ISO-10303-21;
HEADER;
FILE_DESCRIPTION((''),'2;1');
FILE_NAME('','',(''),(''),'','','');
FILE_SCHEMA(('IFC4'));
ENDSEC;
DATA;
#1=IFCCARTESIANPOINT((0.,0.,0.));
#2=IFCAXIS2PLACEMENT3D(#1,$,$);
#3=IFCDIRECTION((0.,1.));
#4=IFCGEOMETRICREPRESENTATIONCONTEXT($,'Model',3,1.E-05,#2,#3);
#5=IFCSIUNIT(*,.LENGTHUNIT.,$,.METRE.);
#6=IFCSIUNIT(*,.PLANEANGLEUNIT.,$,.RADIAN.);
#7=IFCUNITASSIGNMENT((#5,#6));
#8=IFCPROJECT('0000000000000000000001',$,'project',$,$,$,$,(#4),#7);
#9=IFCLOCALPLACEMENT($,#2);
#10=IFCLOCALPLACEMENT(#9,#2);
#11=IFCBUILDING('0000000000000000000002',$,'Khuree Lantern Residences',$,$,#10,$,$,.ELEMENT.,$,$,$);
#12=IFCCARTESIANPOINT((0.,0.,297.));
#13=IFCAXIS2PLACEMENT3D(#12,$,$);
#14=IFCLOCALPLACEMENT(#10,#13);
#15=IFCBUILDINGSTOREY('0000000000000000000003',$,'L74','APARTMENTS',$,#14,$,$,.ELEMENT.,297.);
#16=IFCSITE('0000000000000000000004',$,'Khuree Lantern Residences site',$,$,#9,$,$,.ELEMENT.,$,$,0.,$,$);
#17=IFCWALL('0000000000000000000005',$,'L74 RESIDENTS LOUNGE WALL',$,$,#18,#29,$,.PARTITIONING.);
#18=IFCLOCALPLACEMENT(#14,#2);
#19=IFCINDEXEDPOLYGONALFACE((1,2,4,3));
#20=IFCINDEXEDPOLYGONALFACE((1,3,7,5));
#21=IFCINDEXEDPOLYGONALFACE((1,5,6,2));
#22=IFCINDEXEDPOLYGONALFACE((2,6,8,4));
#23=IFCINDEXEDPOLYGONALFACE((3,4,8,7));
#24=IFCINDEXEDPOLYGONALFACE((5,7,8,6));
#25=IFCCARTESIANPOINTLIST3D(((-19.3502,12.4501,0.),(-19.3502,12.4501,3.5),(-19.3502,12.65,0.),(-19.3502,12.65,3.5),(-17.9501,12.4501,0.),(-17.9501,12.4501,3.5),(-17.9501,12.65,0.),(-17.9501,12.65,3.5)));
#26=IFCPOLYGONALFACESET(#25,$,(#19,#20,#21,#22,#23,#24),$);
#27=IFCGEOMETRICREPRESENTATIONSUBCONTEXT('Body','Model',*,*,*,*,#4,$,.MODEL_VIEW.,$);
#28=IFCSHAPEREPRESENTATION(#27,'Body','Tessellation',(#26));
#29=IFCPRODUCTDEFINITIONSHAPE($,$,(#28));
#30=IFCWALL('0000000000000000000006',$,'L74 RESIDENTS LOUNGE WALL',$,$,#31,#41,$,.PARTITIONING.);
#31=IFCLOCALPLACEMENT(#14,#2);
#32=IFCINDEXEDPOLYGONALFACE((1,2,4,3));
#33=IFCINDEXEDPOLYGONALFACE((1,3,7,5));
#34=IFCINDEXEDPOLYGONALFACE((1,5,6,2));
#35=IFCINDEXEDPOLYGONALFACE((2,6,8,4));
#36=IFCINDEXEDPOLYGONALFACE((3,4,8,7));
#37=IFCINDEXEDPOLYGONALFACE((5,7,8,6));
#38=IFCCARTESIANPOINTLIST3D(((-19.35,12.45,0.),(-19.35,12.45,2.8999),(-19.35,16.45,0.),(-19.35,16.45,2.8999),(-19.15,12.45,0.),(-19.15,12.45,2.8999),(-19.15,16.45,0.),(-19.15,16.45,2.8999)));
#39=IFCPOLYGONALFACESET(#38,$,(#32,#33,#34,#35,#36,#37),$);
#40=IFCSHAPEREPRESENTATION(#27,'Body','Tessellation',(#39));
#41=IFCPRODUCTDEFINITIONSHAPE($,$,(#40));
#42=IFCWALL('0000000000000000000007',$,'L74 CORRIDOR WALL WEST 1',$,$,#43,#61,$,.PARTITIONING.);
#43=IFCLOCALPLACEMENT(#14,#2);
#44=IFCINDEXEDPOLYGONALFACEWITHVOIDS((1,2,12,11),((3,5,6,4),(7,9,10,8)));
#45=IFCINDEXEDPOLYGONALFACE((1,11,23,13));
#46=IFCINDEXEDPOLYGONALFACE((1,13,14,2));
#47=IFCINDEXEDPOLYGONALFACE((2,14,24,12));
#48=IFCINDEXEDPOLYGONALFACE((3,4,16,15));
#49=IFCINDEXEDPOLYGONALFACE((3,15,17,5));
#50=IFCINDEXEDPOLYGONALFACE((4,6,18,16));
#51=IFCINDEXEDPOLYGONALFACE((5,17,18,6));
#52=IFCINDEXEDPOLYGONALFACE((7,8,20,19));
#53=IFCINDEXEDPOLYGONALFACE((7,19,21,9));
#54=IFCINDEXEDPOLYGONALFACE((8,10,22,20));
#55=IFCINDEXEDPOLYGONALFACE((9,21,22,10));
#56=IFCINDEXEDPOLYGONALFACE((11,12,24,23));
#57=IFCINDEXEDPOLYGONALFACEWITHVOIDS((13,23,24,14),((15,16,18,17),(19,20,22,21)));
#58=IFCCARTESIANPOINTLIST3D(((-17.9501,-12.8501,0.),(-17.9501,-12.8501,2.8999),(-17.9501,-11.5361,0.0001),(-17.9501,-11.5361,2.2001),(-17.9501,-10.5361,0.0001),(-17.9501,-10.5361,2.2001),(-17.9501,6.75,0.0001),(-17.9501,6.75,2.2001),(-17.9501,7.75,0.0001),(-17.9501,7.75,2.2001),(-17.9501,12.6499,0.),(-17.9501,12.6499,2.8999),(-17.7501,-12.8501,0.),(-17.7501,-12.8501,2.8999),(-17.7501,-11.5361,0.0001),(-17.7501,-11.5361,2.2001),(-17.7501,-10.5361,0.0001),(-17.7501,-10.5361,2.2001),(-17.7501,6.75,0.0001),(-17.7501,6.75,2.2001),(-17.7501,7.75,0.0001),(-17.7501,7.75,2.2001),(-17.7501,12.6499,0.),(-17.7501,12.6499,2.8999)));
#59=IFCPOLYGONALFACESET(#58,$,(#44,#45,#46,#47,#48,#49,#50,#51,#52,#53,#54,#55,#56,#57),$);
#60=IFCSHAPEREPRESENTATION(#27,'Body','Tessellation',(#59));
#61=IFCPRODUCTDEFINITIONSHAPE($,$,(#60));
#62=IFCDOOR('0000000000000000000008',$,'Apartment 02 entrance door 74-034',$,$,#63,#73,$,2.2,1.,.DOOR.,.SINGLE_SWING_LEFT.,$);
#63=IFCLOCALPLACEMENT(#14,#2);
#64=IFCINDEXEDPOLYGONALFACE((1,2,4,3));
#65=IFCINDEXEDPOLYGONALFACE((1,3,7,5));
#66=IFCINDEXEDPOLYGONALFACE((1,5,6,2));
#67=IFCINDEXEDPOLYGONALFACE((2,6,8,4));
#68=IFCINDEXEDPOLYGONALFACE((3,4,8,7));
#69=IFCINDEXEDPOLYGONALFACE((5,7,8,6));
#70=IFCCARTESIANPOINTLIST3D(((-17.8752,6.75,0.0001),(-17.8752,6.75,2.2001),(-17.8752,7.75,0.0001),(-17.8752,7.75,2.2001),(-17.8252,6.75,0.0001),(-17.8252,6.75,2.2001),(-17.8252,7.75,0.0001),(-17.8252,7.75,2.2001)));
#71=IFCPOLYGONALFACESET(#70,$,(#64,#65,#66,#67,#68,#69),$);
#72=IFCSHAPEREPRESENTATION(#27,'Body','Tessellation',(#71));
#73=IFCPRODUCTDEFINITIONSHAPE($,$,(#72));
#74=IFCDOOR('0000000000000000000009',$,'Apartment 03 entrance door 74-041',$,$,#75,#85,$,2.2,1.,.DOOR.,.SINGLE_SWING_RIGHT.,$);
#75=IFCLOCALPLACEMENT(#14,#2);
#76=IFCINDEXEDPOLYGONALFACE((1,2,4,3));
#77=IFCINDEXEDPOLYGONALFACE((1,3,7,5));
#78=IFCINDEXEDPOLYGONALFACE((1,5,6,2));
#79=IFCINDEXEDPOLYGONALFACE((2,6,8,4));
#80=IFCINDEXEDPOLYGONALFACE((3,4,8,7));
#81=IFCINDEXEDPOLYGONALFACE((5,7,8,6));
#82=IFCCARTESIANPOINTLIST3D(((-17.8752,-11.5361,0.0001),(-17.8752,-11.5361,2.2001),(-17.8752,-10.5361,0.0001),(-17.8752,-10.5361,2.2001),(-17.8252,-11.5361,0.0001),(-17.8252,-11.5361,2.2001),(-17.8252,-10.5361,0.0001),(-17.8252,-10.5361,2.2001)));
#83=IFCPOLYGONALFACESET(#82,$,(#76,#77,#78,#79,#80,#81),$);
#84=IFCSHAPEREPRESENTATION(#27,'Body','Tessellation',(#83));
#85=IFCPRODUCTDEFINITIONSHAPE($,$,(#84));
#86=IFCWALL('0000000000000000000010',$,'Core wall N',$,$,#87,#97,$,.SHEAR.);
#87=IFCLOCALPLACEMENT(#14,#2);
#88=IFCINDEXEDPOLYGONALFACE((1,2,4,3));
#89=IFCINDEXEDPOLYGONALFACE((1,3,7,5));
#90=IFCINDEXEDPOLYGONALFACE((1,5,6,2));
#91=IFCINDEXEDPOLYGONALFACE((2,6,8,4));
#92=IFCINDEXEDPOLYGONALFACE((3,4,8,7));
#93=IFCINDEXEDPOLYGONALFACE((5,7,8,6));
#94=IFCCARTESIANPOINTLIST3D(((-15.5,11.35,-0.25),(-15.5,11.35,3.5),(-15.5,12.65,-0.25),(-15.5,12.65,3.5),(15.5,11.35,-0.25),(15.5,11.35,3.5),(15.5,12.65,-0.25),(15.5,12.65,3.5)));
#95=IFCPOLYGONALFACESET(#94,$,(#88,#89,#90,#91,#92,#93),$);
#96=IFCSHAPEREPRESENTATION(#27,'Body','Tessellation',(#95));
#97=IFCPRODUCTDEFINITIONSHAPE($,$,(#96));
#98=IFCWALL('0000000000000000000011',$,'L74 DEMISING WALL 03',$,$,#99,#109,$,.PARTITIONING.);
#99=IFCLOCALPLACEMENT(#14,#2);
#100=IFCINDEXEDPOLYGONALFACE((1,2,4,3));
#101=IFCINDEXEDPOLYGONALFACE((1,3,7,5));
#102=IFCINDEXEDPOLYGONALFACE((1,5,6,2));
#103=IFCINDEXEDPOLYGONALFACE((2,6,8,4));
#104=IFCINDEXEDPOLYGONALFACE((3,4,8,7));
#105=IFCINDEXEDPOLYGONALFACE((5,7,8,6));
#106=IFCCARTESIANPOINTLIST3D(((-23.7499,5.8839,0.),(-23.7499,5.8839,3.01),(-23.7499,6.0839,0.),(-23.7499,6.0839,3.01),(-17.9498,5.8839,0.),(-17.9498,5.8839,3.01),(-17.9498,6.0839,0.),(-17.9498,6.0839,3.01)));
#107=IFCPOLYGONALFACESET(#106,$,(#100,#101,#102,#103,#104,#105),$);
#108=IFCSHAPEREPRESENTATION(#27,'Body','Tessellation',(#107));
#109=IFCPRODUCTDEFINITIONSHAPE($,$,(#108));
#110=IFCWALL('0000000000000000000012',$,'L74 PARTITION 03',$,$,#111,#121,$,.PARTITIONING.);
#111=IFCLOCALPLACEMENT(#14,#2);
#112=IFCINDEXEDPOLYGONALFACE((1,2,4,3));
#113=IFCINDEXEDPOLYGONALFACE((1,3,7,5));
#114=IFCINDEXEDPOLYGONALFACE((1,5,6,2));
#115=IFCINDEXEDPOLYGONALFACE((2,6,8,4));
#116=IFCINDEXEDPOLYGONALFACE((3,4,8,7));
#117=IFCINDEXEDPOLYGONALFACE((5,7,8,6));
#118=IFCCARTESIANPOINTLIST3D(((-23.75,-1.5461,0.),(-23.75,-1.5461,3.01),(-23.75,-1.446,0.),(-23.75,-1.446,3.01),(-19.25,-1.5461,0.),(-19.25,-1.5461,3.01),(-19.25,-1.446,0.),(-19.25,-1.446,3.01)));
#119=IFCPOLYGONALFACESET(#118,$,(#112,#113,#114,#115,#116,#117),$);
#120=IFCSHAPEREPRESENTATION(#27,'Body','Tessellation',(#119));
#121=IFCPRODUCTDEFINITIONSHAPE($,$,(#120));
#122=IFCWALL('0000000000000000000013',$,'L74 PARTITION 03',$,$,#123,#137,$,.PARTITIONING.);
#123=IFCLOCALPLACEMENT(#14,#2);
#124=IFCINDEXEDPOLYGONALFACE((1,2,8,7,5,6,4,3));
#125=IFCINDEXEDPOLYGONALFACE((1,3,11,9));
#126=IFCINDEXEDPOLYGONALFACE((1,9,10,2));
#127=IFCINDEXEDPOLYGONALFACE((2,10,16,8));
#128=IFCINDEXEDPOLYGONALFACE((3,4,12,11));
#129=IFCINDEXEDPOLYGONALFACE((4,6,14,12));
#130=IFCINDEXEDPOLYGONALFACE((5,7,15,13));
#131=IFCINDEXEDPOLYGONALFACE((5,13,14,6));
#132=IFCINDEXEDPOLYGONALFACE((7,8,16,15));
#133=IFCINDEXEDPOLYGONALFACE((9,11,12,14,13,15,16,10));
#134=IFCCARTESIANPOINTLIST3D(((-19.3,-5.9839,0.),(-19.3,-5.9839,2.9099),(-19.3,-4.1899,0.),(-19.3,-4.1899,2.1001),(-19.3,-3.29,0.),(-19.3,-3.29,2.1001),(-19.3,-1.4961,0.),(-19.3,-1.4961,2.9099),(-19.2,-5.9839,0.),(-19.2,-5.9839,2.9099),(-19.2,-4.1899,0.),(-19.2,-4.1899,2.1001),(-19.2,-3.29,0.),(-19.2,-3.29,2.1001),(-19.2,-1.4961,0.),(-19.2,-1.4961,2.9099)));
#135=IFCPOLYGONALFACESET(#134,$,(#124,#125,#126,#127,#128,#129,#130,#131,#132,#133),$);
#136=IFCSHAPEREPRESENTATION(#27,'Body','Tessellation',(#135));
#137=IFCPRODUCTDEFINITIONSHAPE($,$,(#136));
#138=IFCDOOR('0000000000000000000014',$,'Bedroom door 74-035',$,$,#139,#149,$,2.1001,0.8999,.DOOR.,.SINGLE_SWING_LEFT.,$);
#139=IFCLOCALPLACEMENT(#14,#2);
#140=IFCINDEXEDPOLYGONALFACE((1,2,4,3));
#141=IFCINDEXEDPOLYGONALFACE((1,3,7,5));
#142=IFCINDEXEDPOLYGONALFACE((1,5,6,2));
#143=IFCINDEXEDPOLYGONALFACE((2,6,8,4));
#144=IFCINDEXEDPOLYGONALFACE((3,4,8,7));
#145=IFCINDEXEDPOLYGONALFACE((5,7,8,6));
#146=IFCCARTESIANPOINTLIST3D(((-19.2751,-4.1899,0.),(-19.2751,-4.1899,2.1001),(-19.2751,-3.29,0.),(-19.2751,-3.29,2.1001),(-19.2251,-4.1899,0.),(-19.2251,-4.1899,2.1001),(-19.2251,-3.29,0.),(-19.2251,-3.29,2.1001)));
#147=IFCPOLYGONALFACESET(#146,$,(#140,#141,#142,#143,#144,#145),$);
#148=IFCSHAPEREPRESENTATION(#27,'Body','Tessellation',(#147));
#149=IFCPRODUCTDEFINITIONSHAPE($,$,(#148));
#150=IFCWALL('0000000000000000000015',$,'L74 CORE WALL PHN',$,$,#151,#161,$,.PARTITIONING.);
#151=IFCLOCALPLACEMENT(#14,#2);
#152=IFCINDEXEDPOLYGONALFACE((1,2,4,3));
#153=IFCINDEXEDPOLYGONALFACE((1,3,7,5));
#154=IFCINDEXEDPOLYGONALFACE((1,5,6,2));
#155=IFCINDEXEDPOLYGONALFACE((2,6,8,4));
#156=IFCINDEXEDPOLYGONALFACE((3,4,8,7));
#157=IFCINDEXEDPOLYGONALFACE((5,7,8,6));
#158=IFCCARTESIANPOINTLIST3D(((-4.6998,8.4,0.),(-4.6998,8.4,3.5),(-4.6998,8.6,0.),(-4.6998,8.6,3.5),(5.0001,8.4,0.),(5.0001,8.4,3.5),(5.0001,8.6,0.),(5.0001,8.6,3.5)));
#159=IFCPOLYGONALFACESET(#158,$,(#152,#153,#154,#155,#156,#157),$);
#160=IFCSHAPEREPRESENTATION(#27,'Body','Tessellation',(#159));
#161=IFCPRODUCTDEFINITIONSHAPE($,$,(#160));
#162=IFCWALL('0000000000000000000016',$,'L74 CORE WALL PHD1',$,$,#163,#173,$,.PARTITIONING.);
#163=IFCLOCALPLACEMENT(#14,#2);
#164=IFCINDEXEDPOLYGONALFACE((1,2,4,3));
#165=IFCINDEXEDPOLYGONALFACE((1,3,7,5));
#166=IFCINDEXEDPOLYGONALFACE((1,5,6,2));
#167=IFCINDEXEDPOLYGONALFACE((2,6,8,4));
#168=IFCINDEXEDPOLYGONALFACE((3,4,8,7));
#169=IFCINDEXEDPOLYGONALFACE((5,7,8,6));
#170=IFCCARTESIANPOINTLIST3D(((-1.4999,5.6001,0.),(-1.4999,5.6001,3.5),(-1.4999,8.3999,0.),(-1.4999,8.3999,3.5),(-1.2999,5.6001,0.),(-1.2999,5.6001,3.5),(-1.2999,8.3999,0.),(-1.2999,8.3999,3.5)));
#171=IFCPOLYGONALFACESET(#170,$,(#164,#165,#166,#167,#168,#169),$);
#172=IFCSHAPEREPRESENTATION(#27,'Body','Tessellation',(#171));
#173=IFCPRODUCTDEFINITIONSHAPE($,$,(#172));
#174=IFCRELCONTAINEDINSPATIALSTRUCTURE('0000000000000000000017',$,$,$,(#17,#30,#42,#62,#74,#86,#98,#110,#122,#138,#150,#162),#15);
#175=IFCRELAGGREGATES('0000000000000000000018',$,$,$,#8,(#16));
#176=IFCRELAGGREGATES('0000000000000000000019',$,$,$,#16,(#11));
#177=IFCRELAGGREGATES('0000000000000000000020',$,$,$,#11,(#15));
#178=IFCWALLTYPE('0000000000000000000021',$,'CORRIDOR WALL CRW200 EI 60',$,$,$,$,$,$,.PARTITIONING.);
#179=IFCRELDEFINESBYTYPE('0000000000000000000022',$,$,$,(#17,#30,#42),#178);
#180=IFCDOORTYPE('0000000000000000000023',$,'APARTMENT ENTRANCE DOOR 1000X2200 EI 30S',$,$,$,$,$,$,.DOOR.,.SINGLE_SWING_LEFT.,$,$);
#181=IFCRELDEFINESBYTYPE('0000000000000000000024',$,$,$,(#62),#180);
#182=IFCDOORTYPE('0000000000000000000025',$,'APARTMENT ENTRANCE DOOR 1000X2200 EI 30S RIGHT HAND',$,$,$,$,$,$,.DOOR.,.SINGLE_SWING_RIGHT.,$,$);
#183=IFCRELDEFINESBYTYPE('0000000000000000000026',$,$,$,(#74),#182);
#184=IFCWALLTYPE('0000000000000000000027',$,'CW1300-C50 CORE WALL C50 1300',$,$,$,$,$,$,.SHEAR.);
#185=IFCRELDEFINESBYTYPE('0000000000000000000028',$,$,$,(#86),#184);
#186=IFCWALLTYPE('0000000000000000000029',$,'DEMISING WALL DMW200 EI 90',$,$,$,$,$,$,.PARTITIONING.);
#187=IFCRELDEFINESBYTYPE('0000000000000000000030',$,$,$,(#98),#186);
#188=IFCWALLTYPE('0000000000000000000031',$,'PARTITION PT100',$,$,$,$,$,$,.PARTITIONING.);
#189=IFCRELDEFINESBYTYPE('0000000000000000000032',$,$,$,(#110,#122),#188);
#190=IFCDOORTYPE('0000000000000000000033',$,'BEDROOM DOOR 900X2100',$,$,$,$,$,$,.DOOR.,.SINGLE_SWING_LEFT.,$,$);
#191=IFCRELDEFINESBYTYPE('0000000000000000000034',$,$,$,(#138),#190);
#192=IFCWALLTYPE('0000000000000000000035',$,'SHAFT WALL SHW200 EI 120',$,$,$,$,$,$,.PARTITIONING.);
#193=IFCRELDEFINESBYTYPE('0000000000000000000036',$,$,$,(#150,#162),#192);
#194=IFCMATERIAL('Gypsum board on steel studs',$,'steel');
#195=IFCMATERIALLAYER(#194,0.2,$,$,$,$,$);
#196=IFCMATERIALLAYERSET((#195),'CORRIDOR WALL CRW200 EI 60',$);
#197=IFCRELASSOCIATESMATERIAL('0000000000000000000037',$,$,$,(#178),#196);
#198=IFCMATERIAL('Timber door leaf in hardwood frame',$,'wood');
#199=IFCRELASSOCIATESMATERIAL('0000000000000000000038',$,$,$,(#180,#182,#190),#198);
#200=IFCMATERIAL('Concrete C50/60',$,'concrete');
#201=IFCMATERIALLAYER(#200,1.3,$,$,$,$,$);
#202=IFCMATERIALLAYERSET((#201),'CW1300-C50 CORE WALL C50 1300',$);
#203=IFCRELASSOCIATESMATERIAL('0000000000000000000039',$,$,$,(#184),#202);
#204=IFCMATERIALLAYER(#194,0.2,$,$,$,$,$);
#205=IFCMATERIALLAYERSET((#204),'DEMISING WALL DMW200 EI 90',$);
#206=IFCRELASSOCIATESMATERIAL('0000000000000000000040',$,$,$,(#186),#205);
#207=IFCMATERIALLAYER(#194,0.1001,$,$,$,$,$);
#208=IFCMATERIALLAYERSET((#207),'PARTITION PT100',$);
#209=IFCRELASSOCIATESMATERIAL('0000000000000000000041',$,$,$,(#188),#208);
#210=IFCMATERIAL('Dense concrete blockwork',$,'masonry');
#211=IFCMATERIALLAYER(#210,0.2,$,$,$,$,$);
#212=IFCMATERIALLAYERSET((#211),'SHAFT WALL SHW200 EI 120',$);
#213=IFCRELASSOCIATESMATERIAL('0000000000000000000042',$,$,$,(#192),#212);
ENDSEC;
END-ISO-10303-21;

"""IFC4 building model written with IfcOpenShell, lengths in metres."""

from ifc_helpers import new_model, si_unit, direction, frame, frame_2d, origin, place, context, subcontext, project, spatial, rectangle, extrude, material, layer, layer_set, type_object, element, fill, save


model = new_model("IFC4")

# Units and contexts
model_context = context("Model", 3, precision=1e-05, world=origin(), true_north=direction((0.0, 1.0)))
body_context = subcontext(model_context, "Body", "Model", "MODEL_VIEW")
ifc_project = project(units=[si_unit("LENGTHUNIT", "METRE"), si_unit("PLANEANGLEUNIT", "RADIAN")], contexts=[model_context])

# Site, building, storey
site_placement = place(None, origin())
site = spatial("IfcSite", under=ifc_project, at=site_placement, Name="Khuree Lantern Residences site", CompositionType="ELEMENT", RefElevation=0.0)
building_placement = place(site_placement, origin())
building = spatial("IfcBuilding", under=site, at=building_placement, Name="Khuree Lantern Residences", CompositionType="ELEMENT")
storey_placement = place(building_placement, frame((0.0, 0.0, 297.0)))
storey = spatial("IfcBuildingStorey", under=building, at=storey_placement, Name="L74", Description="APARTMENTS", CompositionType="ELEMENT", Elevation=297.0)

# Shared definitions
ifc_material_1 = material(Name="Concrete C50/60", Category="concrete")

# Shared definitions
ifc_material_2 = material(Name="Dense concrete blockwork", Category="masonry")

# Shared definitions
ifc_material_3 = material(Name="Timber door leaf in hardwood frame", Category="wood")

# Walls
ifc_material_4 = material(Name="Gypsum board on steel studs", Category="steel")
ifc_layer_1 = layer(ifc_material_4, 0.2)
ifc_layer_set_1 = layer_set([ifc_layer_1], Name="CORRIDOR WALL CRW200 EI 60")
wall_type_1 = type_object("IfcWallType", Name="CORRIDOR WALL CRW200 EI 60", PredefinedType="PARTITIONING", material=ifc_layer_set_1)
wall_1_placement = place(storey_placement, frame((-17.95, 12.55, 0.0), z_axis=(0.0, 0.0, 1.0), x_axis=(-1.0, 0.0, 0.0)))
element("IfcWall", 1, at=wall_1_placement, inside=storey, type_object=wall_type_1, Name="L74 RESIDENTS LOUNGE WALL", PredefinedType="PARTITIONING", context=body_context, shape_type="SweptSolid", body=[
    extrude(rectangle(XDim=1.4001, YDim=0.2, at=frame_2d((0.7002, 0.0))), origin(), (0.0, 0.0, 1.0), 3.5),
])
wall_2_placement = place(storey_placement, frame((-19.25, 12.45, 0.0), z_axis=(0.0, 0.0, 1.0), x_axis=(0.0, 1.0, 0.0)))
element("IfcWall", 2, at=wall_2_placement, inside=storey, type_object=wall_type_1, Name="L74 RESIDENTS LOUNGE WALL", PredefinedType="PARTITIONING", context=body_context, shape_type="SweptSolid", body=[
    extrude(rectangle(XDim=4.0, YDim=0.2, at=frame_2d((2.0, 0.0))), origin(), (0.0, 0.0, 1.0), 2.8999),
])

# Wall, openings, doors
wall_3_placement = place(storey_placement, frame((-17.8501, 12.6499, 0.0), z_axis=(0.0, 0.0, 1.0), x_axis=(0.0, -1.0, 0.0)))
wall_3 = element("IfcWall", 3, at=wall_3_placement, inside=storey, type_object=wall_type_1, Name="L74 CORRIDOR WALL WEST 1", PredefinedType="PARTITIONING", context=body_context, shape_type="SweptSolid", body=[
    extrude(rectangle(XDim=25.5, YDim=0.2, at=frame_2d((12.75, 0.0))), origin(), (0.0, 0.0, 1.0), 2.8999),
])
opening_1_placement = place(wall_3_placement, frame((4.8999, 0.0, 0.0)))
opening_1 = element("IfcOpeningElement", 4, at=opening_1_placement, cuts=wall_3, PredefinedType="OPENING", context=body_context, shape_type="SweptSolid", body=[
    extrude(rectangle(XDim=1.0, YDim=2.2, at=frame_2d((0.5, 1.1001))), frame((0.0, 0.1099, 0.0), z_axis=(0.0, -1.0, 0.0), x_axis=(1.0, 0.0, 0.0)), (0.0, 0.0, 1.0), 0.22),
])
opening_2_placement = place(wall_3_placement, frame((23.186, 0.0, 0.0)))
opening_2 = element("IfcOpeningElement", 5, at=opening_2_placement, cuts=wall_3, PredefinedType="OPENING", context=body_context, shape_type="SweptSolid", body=[
    extrude(rectangle(XDim=1.0, YDim=2.2, at=frame_2d((0.5, 1.1001))), frame((0.0, 0.1099, 0.0), z_axis=(0.0, -1.0, 0.0), x_axis=(1.0, 0.0, 0.0)), (0.0, 0.0, 1.0), 0.22),
])
door_type_1 = type_object("IfcDoorType", Name="APARTMENT ENTRANCE DOOR 1000X2200 EI 30S", OperationType="SINGLE_SWING_LEFT", PredefinedType="DOOR", material=ifc_material_3)
door_1_placement = place(opening_1_placement, origin())
door_1 = element("IfcDoor", 6, at=door_1_placement, inside=storey, type_object=door_type_1, Name="Apartment 02 entrance door 74-034", OperationType="SINGLE_SWING_LEFT", OverallHeight=2.2, OverallWidth=1.0, PredefinedType="DOOR", context=body_context, shape_type="SweptSolid", body=[
    extrude(rectangle(XDim=1.0, YDim=2.2, at=frame_2d((0.5, 1.1001))), frame((0.0, 0.0249, 0.0), z_axis=(0.0, -1.0, 0.0), x_axis=(1.0, 0.0, 0.0)), (0.0, 0.0, 1.0), 0.05),
])
fill(opening_1, door_1)
door_type_2 = type_object("IfcDoorType", Name="APARTMENT ENTRANCE DOOR 1000X2200 EI 30S RIGHT HAND", OperationType="SINGLE_SWING_RIGHT", PredefinedType="DOOR", material=ifc_material_3)
door_2_placement = place(opening_2_placement, origin())
door_2 = element("IfcDoor", 7, at=door_2_placement, inside=storey, type_object=door_type_2, Name="Apartment 03 entrance door 74-041", OperationType="SINGLE_SWING_RIGHT", OverallHeight=2.2, OverallWidth=1.0, PredefinedType="DOOR", context=body_context, shape_type="SweptSolid", body=[
    extrude(rectangle(XDim=1.0, YDim=2.2, at=frame_2d((0.5, 1.1001))), frame((0.0, 0.0249, 0.0), z_axis=(0.0, -1.0, 0.0), x_axis=(1.0, 0.0, 0.0)), (0.0, 0.0, 1.0), 0.05),
])
fill(opening_2, door_2)

# Walls
ifc_layer_2 = layer(ifc_material_1, 1.3)
ifc_layer_set_2 = layer_set([ifc_layer_2], Name="CW1300-C50 CORE WALL C50 1300")
wall_type_2 = type_object("IfcWallType", Name="CW1300-C50 CORE WALL C50 1300", PredefinedType="SHEAR", material=ifc_layer_set_2)
wall_4_placement = place(storey_placement, frame((-15.5, 12.0, -0.25), z_axis=(0.0, 0.0, 1.0), x_axis=(1.0, 0.0, 0.0)))
element("IfcWall", 8, at=wall_4_placement, inside=storey, type_object=wall_type_2, Name="Core wall N", PredefinedType="SHEAR", context=body_context, shape_type="SweptSolid", body=[
    extrude(rectangle(XDim=31.0, YDim=1.3, at=frame_2d((15.5, 0.0))), origin(), (0.0, 0.0, 1.0), 3.75),
])
ifc_layer_3 = layer(ifc_material_4, 0.2)
ifc_layer_set_3 = layer_set([ifc_layer_3], Name="DEMISING WALL DMW200 EI 90")
wall_type_3 = type_object("IfcWallType", Name="DEMISING WALL DMW200 EI 90", PredefinedType="PARTITIONING", material=ifc_layer_set_3)
wall_5_placement = place(storey_placement, frame((-17.95, 5.9839, 0.0), z_axis=(0.0, 0.0, 1.0), x_axis=(-1.0, 0.0, 0.0)))
element("IfcWall", 9, at=wall_5_placement, inside=storey, type_object=wall_type_3, Name="L74 DEMISING WALL 03", PredefinedType="PARTITIONING", context=body_context, shape_type="SweptSolid", body=[
    extrude(rectangle(XDim=5.8, YDim=0.2, at=frame_2d((2.8999, 0.0))), origin(), (0.0, 0.0, 1.0), 3.01),
])
ifc_layer_4 = layer(ifc_material_4, 0.1001)
ifc_layer_set_4 = layer_set([ifc_layer_4], Name="PARTITION PT100")
wall_type_4 = type_object("IfcWallType", Name="PARTITION PT100", PredefinedType="PARTITIONING", material=ifc_layer_set_4)
wall_6_placement = place(storey_placement, frame((-19.25, -1.4961, 0.0), z_axis=(0.0, 0.0, 1.0), x_axis=(-1.0, 0.0, 0.0)))
element("IfcWall", 10, at=wall_6_placement, inside=storey, type_object=wall_type_4, Name="L74 PARTITION 03", PredefinedType="PARTITIONING", context=body_context, shape_type="SweptSolid", body=[
    extrude(rectangle(XDim=4.5, YDim=0.1001, at=frame_2d((2.25, 0.0))), origin(), (0.0, 0.0, 1.0), 3.01),
])

# Wall, opening, door
wall_7_placement = place(storey_placement, frame((-19.25, -1.4961, 0.0), z_axis=(0.0, 0.0, 1.0), x_axis=(0.0, -1.0, 0.0)))
wall_7 = element("IfcWall", 11, at=wall_7_placement, inside=storey, type_object=wall_type_4, Name="L74 PARTITION 03", PredefinedType="PARTITIONING", context=body_context, shape_type="SweptSolid", body=[
    extrude(rectangle(XDim=4.4878, YDim=0.1001, at=frame_2d((2.2439, 0.0))), origin(), (0.0, 0.0, 1.0), 2.9099),
])
opening_3_placement = place(wall_7_placement, frame((1.7939, 0.0, 0.0)))
opening_3 = element("IfcOpeningElement", 12, at=opening_3_placement, cuts=wall_7, PredefinedType="OPENING", context=body_context, shape_type="SweptSolid", body=[
    extrude(rectangle(XDim=0.8999, YDim=2.1001, at=frame_2d((0.45, 1.05))), frame((0.0, 0.0601, 0.0), z_axis=(0.0, -1.0, 0.0), x_axis=(1.0, 0.0, 0.0)), (0.0, 0.0, 1.0), 0.1201),
])
door_type_3 = type_object("IfcDoorType", Name="BEDROOM DOOR 900X2100", OperationType="SINGLE_SWING_LEFT", PredefinedType="DOOR", material=ifc_material_3)
door_3_placement = place(opening_3_placement, origin())
door_3 = element("IfcDoor", 13, at=door_3_placement, inside=storey, type_object=door_type_3, Name="Bedroom door 74-035", OperationType="SINGLE_SWING_LEFT", OverallHeight=2.1001, OverallWidth=0.8999, PredefinedType="DOOR", context=body_context, shape_type="SweptSolid", body=[
    extrude(rectangle(XDim=0.8999, YDim=2.1001, at=frame_2d((0.45, 1.05))), frame((0.0, 0.0249, 0.0), z_axis=(0.0, -1.0, 0.0), x_axis=(1.0, 0.0, 0.0)), (0.0, 0.0, 1.0), 0.05),
])
fill(opening_3, door_3)

# Walls
ifc_layer_5 = layer(ifc_material_2, 0.2)
ifc_layer_set_5 = layer_set([ifc_layer_5], Name="SHAFT WALL SHW200 EI 120")
wall_type_5 = type_object("IfcWallType", Name="SHAFT WALL SHW200 EI 120", PredefinedType="PARTITIONING", material=ifc_layer_set_5)
wall_8_placement = place(storey_placement, frame((-4.7, 8.5, 0.0), z_axis=(0.0, 0.0, 1.0), x_axis=(1.0, 0.0, 0.0)))
element("IfcWall", 14, at=wall_8_placement, inside=storey, type_object=wall_type_5, Name="L74 CORE WALL PHN", PredefinedType="PARTITIONING", context=body_context, shape_type="SweptSolid", body=[
    extrude(rectangle(XDim=9.7, YDim=0.2, at=frame_2d((4.8501, 0.0))), origin(), (0.0, 0.0, 1.0), 3.5),
])
wall_9_placement = place(storey_placement, frame((-1.3999, 5.6001, 0.0), z_axis=(0.0, 0.0, 1.0), x_axis=(0.0, 1.0, 0.0)))
element("IfcWall", 15, at=wall_9_placement, inside=storey, type_object=wall_type_5, Name="L74 CORE WALL PHD1", PredefinedType="PARTITIONING", context=body_context, shape_type="SweptSolid", body=[
    extrude(rectangle(XDim=2.7998, YDim=0.2, at=frame_2d((1.3999, 0.0))), origin(), (0.0, 0.0, 1.0), 3.5),
])

save(model, "model.ifc")
